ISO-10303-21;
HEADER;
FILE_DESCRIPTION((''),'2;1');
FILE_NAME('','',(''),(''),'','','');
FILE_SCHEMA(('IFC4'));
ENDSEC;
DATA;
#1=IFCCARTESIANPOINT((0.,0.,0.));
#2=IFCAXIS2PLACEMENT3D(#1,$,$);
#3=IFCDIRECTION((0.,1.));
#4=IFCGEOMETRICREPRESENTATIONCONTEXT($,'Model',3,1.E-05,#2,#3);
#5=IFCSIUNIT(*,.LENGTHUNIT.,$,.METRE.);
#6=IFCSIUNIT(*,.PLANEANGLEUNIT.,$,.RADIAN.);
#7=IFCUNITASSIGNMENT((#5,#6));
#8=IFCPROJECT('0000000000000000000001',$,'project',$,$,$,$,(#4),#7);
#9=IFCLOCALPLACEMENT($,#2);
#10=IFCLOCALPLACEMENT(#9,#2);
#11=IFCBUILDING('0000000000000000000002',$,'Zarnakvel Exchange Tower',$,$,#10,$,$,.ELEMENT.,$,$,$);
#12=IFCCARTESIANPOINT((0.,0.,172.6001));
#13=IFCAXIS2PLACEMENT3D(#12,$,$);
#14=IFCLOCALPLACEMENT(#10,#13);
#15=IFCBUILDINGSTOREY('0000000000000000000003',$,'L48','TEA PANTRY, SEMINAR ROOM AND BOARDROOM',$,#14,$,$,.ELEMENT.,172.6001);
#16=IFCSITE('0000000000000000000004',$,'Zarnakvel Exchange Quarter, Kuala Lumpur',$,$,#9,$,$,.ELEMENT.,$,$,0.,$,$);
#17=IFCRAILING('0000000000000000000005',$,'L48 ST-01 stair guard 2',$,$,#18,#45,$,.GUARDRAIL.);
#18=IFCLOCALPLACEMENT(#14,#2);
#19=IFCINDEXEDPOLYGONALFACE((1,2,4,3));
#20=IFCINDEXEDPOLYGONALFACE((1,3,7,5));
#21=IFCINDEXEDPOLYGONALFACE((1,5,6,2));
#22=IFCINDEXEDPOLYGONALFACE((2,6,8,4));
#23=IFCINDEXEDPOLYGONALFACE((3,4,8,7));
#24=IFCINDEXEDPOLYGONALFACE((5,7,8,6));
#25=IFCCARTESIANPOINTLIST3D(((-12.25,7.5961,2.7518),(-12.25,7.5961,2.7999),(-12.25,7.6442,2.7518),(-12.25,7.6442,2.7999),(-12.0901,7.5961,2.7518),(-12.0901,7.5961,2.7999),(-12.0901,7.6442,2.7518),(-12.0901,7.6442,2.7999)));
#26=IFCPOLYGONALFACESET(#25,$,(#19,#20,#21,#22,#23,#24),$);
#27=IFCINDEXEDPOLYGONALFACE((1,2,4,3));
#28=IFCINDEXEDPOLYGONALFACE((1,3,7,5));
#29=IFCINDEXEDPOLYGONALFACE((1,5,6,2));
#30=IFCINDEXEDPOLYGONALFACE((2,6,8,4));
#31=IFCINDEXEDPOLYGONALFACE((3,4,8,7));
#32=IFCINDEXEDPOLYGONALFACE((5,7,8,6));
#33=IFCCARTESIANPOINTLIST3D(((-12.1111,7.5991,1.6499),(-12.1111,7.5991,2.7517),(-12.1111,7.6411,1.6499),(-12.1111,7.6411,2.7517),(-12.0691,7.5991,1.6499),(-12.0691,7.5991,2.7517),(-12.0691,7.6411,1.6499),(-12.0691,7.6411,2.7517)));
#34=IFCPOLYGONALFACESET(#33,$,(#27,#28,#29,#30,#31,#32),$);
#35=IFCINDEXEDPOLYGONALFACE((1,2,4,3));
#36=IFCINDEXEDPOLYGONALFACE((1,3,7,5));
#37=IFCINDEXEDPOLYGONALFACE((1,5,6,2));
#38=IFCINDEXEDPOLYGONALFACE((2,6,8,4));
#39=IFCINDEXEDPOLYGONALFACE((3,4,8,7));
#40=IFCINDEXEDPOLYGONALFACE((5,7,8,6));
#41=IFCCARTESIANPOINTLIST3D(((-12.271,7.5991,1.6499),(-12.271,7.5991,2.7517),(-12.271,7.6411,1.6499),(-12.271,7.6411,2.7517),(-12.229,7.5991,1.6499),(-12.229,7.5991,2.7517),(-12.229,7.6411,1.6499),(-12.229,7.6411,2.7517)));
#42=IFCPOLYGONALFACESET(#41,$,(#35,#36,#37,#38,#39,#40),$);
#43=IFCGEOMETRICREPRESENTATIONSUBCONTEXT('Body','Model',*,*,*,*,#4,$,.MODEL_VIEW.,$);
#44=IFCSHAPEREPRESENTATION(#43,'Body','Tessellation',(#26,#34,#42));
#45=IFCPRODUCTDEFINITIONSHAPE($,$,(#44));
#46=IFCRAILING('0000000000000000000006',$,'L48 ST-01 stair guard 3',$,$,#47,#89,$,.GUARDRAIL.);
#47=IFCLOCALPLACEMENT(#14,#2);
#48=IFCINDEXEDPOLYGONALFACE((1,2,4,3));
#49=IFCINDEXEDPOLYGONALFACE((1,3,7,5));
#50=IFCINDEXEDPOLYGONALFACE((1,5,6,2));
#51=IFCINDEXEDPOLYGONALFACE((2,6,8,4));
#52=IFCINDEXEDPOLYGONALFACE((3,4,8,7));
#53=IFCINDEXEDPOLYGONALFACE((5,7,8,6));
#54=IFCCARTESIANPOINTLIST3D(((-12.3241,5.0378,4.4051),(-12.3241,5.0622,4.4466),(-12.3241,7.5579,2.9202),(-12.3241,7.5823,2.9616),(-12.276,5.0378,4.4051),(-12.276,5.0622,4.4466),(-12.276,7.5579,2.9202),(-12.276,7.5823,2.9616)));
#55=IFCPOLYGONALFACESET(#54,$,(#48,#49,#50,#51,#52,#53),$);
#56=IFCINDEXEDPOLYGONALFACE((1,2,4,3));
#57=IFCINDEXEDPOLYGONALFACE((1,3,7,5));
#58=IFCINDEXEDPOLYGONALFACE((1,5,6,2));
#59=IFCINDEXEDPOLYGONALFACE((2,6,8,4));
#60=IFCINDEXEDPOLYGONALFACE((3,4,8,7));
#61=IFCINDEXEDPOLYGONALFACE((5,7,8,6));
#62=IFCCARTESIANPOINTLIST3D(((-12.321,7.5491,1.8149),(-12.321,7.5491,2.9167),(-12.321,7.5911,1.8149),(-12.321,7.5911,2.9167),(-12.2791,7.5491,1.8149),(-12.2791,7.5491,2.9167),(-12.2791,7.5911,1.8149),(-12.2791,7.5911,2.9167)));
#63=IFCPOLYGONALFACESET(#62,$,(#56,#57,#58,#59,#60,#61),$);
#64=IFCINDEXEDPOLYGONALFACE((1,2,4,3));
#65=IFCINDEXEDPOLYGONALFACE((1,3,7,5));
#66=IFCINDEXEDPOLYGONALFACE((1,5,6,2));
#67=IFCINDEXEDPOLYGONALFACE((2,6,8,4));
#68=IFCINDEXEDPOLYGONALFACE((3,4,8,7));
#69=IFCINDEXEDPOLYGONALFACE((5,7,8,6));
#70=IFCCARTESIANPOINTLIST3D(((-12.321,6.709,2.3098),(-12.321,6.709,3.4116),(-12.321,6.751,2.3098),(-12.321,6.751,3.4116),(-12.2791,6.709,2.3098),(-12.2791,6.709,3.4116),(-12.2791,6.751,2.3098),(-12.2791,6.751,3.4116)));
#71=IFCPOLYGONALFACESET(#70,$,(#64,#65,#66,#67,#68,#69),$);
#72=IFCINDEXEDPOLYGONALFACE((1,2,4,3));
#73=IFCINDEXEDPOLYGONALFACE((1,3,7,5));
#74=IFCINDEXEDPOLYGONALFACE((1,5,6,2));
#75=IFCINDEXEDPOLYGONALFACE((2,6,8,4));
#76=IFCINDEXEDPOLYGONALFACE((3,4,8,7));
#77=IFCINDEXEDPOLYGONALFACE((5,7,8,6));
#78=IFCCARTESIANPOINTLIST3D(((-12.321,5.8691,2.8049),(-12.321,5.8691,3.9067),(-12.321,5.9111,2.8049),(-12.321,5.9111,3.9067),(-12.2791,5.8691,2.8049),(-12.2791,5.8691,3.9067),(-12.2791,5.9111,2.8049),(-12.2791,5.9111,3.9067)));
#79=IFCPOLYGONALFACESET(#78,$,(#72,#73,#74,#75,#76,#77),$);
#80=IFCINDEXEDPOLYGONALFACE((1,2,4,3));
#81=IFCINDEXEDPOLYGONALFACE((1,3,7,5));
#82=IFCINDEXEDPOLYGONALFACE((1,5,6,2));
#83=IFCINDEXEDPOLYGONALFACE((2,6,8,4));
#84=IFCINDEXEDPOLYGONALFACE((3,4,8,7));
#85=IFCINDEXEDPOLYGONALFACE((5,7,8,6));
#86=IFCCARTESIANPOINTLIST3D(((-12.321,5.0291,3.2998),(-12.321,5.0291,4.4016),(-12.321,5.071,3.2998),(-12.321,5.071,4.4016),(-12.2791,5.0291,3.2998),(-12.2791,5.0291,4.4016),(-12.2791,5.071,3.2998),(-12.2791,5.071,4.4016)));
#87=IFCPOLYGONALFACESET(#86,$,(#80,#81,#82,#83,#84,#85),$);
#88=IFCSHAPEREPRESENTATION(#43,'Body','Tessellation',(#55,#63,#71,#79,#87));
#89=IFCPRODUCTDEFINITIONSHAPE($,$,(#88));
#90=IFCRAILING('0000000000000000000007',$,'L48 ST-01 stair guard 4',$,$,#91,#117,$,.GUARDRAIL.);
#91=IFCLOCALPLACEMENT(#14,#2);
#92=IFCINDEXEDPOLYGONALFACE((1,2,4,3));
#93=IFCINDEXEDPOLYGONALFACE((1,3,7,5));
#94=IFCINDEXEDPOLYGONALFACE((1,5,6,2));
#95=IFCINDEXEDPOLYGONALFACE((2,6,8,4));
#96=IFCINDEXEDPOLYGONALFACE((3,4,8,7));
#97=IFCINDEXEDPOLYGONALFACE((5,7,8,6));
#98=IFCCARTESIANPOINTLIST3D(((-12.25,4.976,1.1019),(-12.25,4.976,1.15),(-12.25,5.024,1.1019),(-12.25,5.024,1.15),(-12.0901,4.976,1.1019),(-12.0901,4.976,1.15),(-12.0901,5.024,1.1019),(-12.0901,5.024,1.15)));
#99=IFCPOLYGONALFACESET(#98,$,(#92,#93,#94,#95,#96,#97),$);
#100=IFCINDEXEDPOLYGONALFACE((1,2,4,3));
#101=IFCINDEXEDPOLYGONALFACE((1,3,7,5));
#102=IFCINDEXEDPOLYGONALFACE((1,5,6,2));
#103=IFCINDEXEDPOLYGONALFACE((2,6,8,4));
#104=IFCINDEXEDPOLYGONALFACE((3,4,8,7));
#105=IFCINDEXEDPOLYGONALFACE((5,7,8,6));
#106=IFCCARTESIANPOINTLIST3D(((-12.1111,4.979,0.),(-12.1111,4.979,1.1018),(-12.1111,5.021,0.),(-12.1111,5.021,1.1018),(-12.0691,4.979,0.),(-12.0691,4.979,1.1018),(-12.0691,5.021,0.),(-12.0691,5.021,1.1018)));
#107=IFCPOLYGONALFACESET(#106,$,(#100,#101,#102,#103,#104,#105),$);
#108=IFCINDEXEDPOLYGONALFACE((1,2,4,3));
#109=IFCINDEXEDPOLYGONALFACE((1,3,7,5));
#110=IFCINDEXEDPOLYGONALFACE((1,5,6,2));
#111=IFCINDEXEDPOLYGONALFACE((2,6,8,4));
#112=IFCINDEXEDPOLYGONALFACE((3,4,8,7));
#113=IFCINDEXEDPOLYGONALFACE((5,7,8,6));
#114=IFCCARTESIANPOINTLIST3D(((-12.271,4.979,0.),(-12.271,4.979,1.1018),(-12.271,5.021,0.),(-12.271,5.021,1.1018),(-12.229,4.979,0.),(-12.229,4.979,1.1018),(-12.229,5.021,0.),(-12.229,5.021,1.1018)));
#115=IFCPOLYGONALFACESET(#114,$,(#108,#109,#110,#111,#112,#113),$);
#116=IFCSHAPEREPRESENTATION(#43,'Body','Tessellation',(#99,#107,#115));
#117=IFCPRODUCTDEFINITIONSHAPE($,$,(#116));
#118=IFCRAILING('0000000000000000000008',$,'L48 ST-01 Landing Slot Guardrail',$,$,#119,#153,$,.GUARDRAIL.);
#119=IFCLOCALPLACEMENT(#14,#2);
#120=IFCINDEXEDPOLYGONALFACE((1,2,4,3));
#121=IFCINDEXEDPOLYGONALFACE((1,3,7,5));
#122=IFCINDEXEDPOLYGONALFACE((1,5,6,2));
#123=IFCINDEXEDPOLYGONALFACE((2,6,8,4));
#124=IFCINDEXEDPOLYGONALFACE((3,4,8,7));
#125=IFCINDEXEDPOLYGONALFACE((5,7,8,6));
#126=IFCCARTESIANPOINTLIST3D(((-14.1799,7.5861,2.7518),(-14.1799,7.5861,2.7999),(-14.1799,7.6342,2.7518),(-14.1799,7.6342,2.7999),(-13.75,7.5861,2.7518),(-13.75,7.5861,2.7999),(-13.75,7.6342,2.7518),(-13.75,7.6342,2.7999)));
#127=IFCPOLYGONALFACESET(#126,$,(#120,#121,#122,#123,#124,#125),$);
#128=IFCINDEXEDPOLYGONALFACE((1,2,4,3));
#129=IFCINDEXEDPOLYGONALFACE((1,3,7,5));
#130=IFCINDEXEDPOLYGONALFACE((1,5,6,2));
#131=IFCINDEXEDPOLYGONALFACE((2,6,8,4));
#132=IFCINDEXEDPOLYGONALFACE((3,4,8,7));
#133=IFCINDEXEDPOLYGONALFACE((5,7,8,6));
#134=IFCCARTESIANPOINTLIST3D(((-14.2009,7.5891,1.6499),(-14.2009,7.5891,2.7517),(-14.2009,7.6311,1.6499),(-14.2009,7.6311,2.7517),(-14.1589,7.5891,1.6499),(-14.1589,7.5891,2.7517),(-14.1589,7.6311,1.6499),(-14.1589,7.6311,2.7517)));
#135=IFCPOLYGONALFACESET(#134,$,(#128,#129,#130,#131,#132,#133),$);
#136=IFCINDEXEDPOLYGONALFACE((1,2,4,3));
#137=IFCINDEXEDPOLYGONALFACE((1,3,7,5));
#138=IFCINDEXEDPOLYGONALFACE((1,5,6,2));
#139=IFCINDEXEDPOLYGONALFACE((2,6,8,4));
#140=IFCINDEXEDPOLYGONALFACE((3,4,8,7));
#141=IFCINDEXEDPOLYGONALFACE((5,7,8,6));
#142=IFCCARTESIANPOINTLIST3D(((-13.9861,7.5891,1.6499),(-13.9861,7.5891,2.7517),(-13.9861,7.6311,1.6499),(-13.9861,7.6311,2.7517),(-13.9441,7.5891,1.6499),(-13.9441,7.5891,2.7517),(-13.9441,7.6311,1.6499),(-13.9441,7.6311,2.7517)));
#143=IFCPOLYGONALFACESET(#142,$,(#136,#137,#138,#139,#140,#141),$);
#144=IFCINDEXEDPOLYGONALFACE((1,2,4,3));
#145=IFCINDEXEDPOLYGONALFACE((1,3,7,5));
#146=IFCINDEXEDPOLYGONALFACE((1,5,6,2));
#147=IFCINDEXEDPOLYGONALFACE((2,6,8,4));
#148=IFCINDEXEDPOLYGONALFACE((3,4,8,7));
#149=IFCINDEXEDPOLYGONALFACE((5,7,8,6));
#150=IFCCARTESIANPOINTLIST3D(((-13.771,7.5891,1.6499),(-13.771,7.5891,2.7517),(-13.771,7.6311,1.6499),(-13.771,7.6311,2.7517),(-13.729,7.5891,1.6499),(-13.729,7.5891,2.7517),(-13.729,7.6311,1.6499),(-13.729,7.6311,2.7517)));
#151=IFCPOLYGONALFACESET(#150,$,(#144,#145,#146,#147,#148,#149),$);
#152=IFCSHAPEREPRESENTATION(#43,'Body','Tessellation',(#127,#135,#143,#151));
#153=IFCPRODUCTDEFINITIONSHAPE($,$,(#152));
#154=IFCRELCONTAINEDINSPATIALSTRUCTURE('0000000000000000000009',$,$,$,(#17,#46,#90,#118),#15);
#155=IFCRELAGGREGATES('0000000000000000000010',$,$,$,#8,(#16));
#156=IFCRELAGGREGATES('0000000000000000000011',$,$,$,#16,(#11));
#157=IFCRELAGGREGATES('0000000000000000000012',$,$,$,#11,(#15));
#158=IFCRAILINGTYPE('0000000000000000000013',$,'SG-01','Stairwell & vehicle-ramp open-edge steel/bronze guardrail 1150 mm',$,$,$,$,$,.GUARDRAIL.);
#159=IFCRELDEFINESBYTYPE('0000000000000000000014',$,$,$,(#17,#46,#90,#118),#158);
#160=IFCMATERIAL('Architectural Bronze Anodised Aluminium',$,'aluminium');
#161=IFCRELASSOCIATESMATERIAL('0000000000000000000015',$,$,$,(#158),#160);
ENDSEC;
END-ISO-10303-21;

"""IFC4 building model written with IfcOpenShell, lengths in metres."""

from ifc_helpers import new_model, si_unit, direction, frame, origin, origin_2d, place, context, subcontext, project, spatial, rectangle, extrude, material, type_object, element, save


model = new_model("IFC4")

# Units and contexts
model_context = context("Model", 3, precision=1e-05, world=origin(), true_north=direction((0.0, 1.0)))
body_context = subcontext(model_context, "Body", "Model", "MODEL_VIEW")
ifc_project = project(units=[si_unit("LENGTHUNIT", "METRE"), si_unit("PLANEANGLEUNIT", "RADIAN")], contexts=[model_context])

# Site, building, storey
site_placement = place(None, origin())
site = spatial("IfcSite", under=ifc_project, at=site_placement, Name="Zarnakvel Exchange Quarter, Kuala Lumpur", CompositionType="ELEMENT", RefElevation=0.0)
building_placement = place(site_placement, origin())
building = spatial("IfcBuilding", under=site, at=building_placement, Name="Zarnakvel Exchange Tower", CompositionType="ELEMENT")
storey_placement = place(building_placement, frame((0.0, 0.0, 172.6001)))
storey = spatial("IfcBuildingStorey", under=building, at=storey_placement, Name="L48", Description="TEA PANTRY, SEMINAR ROOM AND BOARDROOM", CompositionType="ELEMENT", Elevation=172.6001)

# Shared definitions
ifc_material_1 = material(Name="Architectural Bronze Anodised Aluminium", Category="aluminium")

# Railings
railing_type_1 = type_object("IfcRailingType", Name="SG-01", Description="Stairwell & vehicle-ramp open-edge steel/bronze guardrail 1150 mm", PredefinedType="GUARDRAIL", material=ifc_material_1)
railing_1_placement = place(storey_placement, frame((-12.0901, 7.6201, 1.6499)))
element("IfcRailing", 1, at=railing_1_placement, inside=storey, type_object=railing_type_1, Name="L48 ST-01 stair guard 2", PredefinedType="GUARDRAIL", context=body_context, shape_type="SweptSolid", body=[
    extrude(rectangle(XDim=0.0481, YDim=0.0481, at=origin_2d()), frame((0.0, 0.0, 1.126), z_axis=(-1.0, 0.0, 0.0), x_axis=(0.0, -1.0, 0.0)), (0.0, 0.0, 1.0), 0.1599),
    extrude(rectangle(XDim=0.042, YDim=0.042, at=origin_2d()), origin(), (0.0, 0.0, 1.0), 1.1018),
    extrude(rectangle(XDim=0.042, YDim=0.042, at=origin_2d()), frame((-0.1599, 0.0, 0.0)), (0.0, 0.0, 1.0), 1.1018),
])
railing_2_placement = place(storey_placement, frame((-12.3, 7.5701, 1.8149)))
element("IfcRailing", 2, at=railing_2_placement, inside=storey, type_object=railing_type_1, Name="L48 ST-01 stair guard 3", PredefinedType="GUARDRAIL", context=body_context, shape_type="SweptSolid", body=[
    extrude(rectangle(XDim=0.0481, YDim=0.0481, at=origin_2d()), frame((0.0, 0.0, 1.126), z_axis=(0.0, -0.861561, 0.507655), x_axis=(1.0, 0.0, 0.0)), (0.0, 0.0, 1.0), 2.925),
    extrude(rectangle(XDim=0.042, YDim=0.042, at=origin_2d()), origin(), (0.0, 0.0, 1.0), 1.1018),
    extrude(rectangle(XDim=0.042, YDim=0.042, at=origin_2d()), frame((0.0, -0.8401, 0.4949)), (0.0, 0.0, 1.0), 1.1018),
    extrude(rectangle(XDim=0.042, YDim=0.042, at=origin_2d()), frame((0.0, -1.6799, 0.99)), (0.0, 0.0, 1.0), 1.1018),
    extrude(rectangle(XDim=0.042, YDim=0.042, at=origin_2d()), frame((0.0, -2.52, 1.4849)), (0.0, 0.0, 1.0), 1.1018),
])
railing_3_placement = place(storey_placement, frame((-12.0901, 5.0, 0.0)))
element("IfcRailing", 3, at=railing_3_placement, inside=storey, type_object=railing_type_1, Name="L48 ST-01 stair guard 4", PredefinedType="GUARDRAIL", context=body_context, shape_type="SweptSolid", body=[
    extrude(rectangle(XDim=0.0481, YDim=0.0481, at=origin_2d()), frame((0.0, 0.0, 1.126), z_axis=(-1.0, 0.0, 0.0), x_axis=(0.0, -1.0, 0.0)), (0.0, 0.0, 1.0), 0.1599),
    extrude(rectangle(XDim=0.042, YDim=0.042, at=origin_2d()), origin(), (0.0, 0.0, 1.0), 1.1018),
    extrude(rectangle(XDim=0.042, YDim=0.042, at=origin_2d()), frame((-0.1599, 0.0, 0.0)), (0.0, 0.0, 1.0), 1.1018),
])
railing_4_placement = place(storey_placement, frame((-14.1799, 7.6101, 1.6499)))
element("IfcRailing", 4, at=railing_4_placement, inside=storey, type_object=railing_type_1, Name="L48 ST-01 Landing Slot Guardrail", PredefinedType="GUARDRAIL", context=body_context, shape_type="SweptSolid", body=[
    extrude(rectangle(XDim=0.0481, YDim=0.0481, at=origin_2d()), frame((0.0, 0.0, 1.126), z_axis=(1.0, 0.0, 0.0), x_axis=(0.0, 1.0, 0.0)), (0.0, 0.0, 1.0), 0.4299),
    extrude(rectangle(XDim=0.042, YDim=0.042, at=origin_2d()), origin(), (0.0, 0.0, 1.0), 1.1018),
    extrude(rectangle(XDim=0.042, YDim=0.042, at=origin_2d()), frame((0.2148, 0.0, 0.0)), (0.0, 0.0, 1.0), 1.1018),
    extrude(rectangle(XDim=0.042, YDim=0.042, at=origin_2d()), frame((0.4299, 0.0, 0.0)), (0.0, 0.0, 1.0), 1.1018),
])

save(model, "model.ifc")
